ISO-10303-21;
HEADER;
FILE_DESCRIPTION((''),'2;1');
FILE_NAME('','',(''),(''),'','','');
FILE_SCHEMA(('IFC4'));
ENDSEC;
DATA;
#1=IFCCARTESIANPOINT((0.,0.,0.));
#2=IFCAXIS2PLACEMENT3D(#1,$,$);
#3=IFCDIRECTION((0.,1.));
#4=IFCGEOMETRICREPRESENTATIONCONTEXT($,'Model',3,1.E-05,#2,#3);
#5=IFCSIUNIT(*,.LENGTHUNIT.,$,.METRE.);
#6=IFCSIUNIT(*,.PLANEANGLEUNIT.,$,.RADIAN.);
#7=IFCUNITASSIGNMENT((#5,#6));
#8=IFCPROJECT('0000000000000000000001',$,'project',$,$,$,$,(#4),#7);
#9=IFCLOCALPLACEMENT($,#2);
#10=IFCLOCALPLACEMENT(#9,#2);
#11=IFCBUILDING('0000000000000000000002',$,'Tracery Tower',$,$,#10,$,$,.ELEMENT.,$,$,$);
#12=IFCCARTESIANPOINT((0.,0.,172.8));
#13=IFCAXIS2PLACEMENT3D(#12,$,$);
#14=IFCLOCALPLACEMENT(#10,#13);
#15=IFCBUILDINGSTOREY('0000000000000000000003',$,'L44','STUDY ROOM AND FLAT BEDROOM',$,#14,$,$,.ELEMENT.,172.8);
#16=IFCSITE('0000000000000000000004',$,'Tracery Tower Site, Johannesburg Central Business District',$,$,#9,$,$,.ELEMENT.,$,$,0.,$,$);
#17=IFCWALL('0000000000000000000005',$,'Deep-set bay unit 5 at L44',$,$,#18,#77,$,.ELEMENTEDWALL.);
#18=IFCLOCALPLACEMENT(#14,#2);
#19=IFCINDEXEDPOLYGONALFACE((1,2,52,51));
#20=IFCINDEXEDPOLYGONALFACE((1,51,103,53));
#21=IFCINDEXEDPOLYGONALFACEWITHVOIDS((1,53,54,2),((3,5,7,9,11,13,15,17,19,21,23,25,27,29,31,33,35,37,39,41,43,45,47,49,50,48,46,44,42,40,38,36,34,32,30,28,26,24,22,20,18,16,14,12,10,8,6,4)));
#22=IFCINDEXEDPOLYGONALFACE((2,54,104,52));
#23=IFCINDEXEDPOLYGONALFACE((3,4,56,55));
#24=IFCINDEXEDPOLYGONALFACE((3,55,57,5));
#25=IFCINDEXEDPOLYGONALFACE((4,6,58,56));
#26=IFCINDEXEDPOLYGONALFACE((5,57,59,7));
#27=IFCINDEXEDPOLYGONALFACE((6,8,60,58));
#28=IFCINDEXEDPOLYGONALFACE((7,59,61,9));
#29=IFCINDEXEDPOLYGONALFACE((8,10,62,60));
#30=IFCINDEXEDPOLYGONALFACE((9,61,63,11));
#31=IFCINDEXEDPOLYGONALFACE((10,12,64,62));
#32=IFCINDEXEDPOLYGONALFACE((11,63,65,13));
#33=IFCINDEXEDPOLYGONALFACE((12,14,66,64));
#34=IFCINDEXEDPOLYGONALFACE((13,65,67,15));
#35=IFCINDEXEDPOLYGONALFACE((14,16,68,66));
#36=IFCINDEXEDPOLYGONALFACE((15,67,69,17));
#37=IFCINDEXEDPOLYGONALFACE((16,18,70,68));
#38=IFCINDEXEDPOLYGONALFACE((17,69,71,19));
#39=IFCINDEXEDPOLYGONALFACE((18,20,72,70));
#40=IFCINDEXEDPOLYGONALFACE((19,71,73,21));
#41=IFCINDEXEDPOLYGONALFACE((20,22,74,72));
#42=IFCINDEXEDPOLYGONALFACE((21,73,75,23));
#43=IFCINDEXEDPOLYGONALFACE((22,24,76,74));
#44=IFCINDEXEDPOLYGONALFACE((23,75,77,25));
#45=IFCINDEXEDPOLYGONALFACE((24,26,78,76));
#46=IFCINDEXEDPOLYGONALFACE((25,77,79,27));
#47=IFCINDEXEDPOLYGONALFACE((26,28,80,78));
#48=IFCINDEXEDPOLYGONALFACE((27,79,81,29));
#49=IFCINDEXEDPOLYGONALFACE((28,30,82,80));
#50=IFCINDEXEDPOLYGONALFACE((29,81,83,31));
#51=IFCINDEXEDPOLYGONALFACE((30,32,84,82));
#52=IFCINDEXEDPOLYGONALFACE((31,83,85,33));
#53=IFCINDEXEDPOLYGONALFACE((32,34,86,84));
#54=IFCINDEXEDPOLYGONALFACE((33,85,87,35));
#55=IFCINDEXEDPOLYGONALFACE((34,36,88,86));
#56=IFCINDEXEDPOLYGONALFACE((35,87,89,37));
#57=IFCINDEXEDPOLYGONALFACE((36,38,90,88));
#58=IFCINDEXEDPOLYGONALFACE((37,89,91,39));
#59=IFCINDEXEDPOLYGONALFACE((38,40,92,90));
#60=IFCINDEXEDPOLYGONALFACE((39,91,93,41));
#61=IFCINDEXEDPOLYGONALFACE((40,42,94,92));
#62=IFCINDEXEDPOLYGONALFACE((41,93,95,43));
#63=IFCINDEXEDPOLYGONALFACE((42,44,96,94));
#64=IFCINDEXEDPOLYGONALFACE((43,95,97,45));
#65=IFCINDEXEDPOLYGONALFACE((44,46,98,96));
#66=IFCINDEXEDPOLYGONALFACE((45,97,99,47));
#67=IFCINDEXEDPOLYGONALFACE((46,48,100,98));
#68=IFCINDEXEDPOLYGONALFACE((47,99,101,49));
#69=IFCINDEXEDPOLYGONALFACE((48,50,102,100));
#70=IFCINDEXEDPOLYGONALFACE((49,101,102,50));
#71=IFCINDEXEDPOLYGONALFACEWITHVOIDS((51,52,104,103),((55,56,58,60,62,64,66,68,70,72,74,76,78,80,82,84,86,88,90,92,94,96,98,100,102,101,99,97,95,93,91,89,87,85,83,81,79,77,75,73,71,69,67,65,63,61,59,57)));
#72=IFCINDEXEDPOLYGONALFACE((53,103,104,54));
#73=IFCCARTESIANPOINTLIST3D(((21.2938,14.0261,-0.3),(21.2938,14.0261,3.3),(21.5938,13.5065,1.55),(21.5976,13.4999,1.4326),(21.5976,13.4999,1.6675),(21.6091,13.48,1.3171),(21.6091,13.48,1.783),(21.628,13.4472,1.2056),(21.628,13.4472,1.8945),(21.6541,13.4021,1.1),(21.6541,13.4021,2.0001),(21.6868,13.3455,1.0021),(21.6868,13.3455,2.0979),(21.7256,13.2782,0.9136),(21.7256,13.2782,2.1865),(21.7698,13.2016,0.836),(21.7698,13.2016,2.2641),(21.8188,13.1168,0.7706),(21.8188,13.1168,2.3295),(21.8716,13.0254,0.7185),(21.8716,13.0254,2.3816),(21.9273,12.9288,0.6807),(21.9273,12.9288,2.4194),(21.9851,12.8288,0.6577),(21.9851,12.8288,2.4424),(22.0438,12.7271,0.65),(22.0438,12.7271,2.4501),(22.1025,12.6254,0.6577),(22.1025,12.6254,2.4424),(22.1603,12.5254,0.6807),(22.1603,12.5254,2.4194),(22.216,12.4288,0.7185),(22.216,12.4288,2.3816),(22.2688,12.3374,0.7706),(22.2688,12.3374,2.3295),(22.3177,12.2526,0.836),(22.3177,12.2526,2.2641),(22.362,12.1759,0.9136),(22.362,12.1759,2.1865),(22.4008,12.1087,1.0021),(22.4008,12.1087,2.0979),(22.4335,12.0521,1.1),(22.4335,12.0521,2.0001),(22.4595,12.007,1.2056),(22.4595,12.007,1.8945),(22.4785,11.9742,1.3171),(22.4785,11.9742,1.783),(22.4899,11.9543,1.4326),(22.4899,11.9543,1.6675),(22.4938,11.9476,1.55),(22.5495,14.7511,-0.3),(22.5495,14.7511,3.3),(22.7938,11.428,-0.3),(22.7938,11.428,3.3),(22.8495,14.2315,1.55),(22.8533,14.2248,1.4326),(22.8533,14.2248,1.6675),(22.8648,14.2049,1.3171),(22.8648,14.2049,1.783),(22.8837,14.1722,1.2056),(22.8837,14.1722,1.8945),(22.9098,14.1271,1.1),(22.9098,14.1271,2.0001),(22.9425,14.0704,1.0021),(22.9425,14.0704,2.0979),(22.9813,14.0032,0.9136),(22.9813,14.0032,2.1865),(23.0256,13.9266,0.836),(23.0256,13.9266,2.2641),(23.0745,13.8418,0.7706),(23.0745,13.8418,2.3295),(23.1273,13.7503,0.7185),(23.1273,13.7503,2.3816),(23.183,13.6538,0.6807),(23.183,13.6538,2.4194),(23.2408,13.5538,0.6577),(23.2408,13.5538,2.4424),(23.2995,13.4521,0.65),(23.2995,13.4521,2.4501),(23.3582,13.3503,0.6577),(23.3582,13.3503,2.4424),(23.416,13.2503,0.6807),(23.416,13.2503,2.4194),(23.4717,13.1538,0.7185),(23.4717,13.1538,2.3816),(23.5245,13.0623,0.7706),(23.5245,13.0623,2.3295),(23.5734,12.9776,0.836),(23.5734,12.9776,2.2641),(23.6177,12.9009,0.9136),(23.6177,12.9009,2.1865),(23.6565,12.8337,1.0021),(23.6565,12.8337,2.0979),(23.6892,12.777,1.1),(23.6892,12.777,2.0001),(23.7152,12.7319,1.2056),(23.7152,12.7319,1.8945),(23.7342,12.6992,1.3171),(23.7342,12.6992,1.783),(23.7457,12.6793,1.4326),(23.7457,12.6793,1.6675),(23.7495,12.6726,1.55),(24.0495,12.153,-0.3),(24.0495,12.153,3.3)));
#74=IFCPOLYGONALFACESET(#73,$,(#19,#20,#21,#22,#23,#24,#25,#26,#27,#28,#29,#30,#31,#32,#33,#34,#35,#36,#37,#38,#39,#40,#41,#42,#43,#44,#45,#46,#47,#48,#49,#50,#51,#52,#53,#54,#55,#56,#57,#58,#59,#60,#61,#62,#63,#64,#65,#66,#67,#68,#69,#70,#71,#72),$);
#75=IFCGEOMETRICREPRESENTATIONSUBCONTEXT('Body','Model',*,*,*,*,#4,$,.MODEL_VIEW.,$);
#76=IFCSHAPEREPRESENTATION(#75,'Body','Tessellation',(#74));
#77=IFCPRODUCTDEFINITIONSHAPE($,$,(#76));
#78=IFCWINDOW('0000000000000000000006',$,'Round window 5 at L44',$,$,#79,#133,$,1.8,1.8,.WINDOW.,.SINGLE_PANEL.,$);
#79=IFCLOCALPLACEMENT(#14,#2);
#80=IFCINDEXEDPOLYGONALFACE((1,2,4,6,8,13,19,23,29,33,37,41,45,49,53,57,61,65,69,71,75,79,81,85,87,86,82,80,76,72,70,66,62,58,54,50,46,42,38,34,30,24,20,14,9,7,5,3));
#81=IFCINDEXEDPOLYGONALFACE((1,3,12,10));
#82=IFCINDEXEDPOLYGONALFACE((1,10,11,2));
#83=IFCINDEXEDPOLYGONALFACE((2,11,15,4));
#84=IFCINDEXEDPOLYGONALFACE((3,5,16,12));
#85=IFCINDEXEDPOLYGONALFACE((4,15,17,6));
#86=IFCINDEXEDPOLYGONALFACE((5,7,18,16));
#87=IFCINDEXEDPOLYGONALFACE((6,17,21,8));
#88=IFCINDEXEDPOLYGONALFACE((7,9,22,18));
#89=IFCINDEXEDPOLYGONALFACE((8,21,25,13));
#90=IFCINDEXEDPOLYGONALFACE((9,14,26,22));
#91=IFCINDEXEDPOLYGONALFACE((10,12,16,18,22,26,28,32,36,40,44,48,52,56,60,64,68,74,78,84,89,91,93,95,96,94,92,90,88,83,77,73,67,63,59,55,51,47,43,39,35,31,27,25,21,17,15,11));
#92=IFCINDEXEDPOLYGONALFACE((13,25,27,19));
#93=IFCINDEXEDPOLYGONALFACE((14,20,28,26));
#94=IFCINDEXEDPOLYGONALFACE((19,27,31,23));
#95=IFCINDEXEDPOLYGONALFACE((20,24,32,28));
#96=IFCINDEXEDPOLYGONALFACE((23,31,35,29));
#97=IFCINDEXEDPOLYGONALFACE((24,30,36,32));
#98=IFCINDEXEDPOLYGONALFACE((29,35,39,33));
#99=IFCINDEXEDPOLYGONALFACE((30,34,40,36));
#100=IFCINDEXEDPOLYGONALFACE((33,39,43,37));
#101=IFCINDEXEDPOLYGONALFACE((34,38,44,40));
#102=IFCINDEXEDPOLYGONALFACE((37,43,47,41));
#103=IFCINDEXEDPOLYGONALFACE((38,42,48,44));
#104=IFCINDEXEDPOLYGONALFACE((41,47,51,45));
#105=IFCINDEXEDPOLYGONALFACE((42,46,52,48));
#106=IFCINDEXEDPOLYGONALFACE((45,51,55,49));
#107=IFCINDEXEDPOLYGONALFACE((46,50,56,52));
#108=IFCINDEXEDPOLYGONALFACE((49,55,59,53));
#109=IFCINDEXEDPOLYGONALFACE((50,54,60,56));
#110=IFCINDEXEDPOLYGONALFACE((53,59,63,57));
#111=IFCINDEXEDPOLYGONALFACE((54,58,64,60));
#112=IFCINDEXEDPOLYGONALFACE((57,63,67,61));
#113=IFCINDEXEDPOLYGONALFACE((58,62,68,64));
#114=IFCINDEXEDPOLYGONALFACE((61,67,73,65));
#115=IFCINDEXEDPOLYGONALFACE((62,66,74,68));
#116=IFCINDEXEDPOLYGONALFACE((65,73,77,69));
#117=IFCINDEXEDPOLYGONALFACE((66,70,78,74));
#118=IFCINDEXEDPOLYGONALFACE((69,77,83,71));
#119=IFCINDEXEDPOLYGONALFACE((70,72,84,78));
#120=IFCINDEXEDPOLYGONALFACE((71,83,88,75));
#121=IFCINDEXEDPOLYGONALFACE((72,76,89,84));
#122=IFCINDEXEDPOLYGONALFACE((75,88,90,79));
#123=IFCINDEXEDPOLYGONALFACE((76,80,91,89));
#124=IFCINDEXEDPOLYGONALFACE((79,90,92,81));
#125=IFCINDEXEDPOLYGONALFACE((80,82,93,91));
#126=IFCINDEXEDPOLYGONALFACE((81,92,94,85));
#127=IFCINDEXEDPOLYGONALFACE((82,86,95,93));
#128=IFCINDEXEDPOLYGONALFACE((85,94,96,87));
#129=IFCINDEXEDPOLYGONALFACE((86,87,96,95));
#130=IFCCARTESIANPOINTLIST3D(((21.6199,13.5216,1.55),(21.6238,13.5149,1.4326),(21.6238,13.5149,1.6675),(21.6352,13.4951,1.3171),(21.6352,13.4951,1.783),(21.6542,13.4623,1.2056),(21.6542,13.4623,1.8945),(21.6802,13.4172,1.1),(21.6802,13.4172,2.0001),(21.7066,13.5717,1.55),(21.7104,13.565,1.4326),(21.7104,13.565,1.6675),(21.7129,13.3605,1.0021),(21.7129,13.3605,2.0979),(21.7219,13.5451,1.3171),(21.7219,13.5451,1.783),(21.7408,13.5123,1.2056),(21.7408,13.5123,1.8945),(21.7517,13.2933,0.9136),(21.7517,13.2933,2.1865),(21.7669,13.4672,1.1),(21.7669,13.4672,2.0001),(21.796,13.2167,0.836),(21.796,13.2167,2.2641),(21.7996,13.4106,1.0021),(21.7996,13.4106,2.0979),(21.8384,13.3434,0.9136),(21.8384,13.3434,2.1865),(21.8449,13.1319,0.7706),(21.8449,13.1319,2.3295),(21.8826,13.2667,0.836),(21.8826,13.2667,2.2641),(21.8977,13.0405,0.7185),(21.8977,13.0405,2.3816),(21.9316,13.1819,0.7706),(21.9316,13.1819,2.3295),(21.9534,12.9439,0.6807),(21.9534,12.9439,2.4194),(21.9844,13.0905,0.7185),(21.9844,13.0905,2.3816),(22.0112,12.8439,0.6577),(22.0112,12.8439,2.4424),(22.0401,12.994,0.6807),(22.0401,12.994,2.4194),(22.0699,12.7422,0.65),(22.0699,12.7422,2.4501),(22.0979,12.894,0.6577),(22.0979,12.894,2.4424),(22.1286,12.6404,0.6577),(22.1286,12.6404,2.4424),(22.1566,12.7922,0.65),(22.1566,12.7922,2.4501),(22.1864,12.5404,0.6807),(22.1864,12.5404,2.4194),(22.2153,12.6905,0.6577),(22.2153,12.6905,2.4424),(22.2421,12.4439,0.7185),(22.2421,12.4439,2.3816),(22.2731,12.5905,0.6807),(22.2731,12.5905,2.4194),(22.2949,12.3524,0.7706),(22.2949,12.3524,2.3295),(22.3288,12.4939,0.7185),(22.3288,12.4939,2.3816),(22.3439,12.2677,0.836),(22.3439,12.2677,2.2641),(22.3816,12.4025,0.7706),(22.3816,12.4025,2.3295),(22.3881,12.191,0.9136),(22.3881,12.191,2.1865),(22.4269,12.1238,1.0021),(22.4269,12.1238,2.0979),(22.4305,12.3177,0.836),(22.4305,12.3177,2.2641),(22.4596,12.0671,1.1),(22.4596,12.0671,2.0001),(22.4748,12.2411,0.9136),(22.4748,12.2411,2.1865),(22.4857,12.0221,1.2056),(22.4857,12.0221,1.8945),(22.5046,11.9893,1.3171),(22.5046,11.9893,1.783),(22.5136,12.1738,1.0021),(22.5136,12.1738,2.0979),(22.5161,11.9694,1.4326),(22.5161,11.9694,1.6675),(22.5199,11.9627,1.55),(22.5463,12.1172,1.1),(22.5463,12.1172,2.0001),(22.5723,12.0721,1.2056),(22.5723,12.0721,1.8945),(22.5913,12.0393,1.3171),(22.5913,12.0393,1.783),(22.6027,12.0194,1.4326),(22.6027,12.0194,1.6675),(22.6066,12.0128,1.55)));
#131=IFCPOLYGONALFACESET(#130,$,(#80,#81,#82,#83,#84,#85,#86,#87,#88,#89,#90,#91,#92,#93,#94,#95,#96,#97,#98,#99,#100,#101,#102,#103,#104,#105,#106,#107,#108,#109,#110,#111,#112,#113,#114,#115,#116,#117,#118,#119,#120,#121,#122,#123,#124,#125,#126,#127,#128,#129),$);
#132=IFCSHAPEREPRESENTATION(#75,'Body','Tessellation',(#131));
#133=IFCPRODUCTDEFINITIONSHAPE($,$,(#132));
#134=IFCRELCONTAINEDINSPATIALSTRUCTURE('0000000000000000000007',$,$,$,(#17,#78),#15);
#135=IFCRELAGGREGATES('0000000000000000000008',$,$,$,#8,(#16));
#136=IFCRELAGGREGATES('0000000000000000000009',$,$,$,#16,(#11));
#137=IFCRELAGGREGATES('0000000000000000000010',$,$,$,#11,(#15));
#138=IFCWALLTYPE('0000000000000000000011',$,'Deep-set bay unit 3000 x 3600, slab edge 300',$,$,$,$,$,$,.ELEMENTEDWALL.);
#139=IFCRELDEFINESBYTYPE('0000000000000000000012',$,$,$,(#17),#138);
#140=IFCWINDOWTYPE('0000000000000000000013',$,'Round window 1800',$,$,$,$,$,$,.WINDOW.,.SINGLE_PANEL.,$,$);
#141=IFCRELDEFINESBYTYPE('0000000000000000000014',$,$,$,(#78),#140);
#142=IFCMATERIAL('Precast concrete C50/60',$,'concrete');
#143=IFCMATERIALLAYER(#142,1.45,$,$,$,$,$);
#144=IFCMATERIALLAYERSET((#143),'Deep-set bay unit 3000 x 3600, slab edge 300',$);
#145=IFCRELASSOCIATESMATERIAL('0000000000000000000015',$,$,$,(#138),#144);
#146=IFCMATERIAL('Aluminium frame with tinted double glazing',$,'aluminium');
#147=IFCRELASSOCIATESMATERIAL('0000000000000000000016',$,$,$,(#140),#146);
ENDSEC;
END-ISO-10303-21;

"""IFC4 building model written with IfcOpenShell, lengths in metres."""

from ifc_helpers import new_model, si_unit, direction, frame, frame_2d, origin, origin_2d, place, context, subcontext, project, spatial, rectangle, circle, extrude, material, layer, layer_set, type_object, element, fill, save


model = new_model("IFC4")

# Units and contexts
model_context = context("Model", 3, precision=1e-05, world=origin(), true_north=direction((0.0, 1.0)))
body_context = subcontext(model_context, "Body", "Model", "MODEL_VIEW")
ifc_project = project(units=[si_unit("LENGTHUNIT", "METRE"), si_unit("PLANEANGLEUNIT", "RADIAN")], contexts=[model_context])

# Site, building, storey
site_placement = place(None, origin())
site = spatial("IfcSite", under=ifc_project, at=site_placement, Name="Tracery Tower Site, Johannesburg Central Business District", CompositionType="ELEMENT", RefElevation=0.0)
building_placement = place(site_placement, origin())
building = spatial("IfcBuilding", under=site, at=building_placement, Name="Tracery Tower", CompositionType="ELEMENT")
storey_placement = place(building_placement, frame((0.0, 0.0, 172.8)))
storey = spatial("IfcBuildingStorey", under=building, at=storey_placement, Name="L44", Description="STUDY ROOM AND FLAT BEDROOM", CompositionType="ELEMENT", Elevation=172.8)

# Wall, opening, window
ifc_material_1 = material(Name="Precast concrete C50/60", Category="concrete")
ifc_layer_1 = layer(ifc_material_1, 1.45)
ifc_layer_set_1 = layer_set([ifc_layer_1], Name="Deep-set bay unit 3000 x 3600, slab edge 300")
wall_type_1 = type_object("IfcWallType", Name="Deep-set bay unit 3000 x 3600, slab edge 300", PredefinedType="ELEMENTEDWALL", material=ifc_layer_set_1)
wall_1_placement = place(storey_placement, frame((23.4216, 11.7905, -0.3), z_axis=(0.0, 0.0, 1.0), x_axis=(-0.49999, 0.866031, 0.0)))
wall_1 = element("IfcWall", 1, at=wall_1_placement, inside=storey, type_object=wall_type_1, Name="Deep-set bay unit 5 at L44", PredefinedType="ELEMENTEDWALL", context=body_context, shape_type="SweptSolid", body=[
    extrude(rectangle(XDim=3.0, YDim=1.45, at=frame_2d((1.5, 0.0))), origin(), (0.0, 0.0, 1.0), 3.6001),
])
opening_1_placement = place(wall_1_placement, frame((1.5, 0.0, 1.8501)))
opening_1 = element("IfcOpeningElement", 2, at=opening_1_placement, cuts=wall_1, PredefinedType="OPENING", context=body_context, shape_type="SweptSolid", body=[
    extrude(circle(Radius=0.9, at=origin_2d()), frame((0.0, 0.7349, 0.0), z_axis=(0.0, -1.0, 0.0), x_axis=(1.0, 0.0, 0.0)), (0.0, 0.0, 1.0), 1.47),
])
ifc_material_2 = material(Name="Aluminium frame with tinted double glazing", Category="aluminium")
window_type = type_object("IfcWindowType", Name="Round window 1800", PartitioningType="SINGLE_PANEL", PredefinedType="WINDOW", material=ifc_material_2)
window_1_placement = place(opening_1_placement, origin())
window_1 = element("IfcWindow", 3, at=window_1_placement, inside=storey, type_object=window_type, Name="Round window 5 at L44", OverallHeight=1.8, OverallWidth=1.8, PartitioningType="SINGLE_PANEL", PredefinedType="WINDOW", context=body_context, shape_type="SweptSolid", body=[
    extrude(circle(Radius=0.9, at=origin_2d()), frame((0.0, 0.6948, 0.0), z_axis=(0.0, -1.0, 0.0), x_axis=(1.0, 0.0, 0.0)), (0.0, 0.0, 1.0), 0.1001),
])
fill(opening_1, window_1)

save(model, "model.ifc")
